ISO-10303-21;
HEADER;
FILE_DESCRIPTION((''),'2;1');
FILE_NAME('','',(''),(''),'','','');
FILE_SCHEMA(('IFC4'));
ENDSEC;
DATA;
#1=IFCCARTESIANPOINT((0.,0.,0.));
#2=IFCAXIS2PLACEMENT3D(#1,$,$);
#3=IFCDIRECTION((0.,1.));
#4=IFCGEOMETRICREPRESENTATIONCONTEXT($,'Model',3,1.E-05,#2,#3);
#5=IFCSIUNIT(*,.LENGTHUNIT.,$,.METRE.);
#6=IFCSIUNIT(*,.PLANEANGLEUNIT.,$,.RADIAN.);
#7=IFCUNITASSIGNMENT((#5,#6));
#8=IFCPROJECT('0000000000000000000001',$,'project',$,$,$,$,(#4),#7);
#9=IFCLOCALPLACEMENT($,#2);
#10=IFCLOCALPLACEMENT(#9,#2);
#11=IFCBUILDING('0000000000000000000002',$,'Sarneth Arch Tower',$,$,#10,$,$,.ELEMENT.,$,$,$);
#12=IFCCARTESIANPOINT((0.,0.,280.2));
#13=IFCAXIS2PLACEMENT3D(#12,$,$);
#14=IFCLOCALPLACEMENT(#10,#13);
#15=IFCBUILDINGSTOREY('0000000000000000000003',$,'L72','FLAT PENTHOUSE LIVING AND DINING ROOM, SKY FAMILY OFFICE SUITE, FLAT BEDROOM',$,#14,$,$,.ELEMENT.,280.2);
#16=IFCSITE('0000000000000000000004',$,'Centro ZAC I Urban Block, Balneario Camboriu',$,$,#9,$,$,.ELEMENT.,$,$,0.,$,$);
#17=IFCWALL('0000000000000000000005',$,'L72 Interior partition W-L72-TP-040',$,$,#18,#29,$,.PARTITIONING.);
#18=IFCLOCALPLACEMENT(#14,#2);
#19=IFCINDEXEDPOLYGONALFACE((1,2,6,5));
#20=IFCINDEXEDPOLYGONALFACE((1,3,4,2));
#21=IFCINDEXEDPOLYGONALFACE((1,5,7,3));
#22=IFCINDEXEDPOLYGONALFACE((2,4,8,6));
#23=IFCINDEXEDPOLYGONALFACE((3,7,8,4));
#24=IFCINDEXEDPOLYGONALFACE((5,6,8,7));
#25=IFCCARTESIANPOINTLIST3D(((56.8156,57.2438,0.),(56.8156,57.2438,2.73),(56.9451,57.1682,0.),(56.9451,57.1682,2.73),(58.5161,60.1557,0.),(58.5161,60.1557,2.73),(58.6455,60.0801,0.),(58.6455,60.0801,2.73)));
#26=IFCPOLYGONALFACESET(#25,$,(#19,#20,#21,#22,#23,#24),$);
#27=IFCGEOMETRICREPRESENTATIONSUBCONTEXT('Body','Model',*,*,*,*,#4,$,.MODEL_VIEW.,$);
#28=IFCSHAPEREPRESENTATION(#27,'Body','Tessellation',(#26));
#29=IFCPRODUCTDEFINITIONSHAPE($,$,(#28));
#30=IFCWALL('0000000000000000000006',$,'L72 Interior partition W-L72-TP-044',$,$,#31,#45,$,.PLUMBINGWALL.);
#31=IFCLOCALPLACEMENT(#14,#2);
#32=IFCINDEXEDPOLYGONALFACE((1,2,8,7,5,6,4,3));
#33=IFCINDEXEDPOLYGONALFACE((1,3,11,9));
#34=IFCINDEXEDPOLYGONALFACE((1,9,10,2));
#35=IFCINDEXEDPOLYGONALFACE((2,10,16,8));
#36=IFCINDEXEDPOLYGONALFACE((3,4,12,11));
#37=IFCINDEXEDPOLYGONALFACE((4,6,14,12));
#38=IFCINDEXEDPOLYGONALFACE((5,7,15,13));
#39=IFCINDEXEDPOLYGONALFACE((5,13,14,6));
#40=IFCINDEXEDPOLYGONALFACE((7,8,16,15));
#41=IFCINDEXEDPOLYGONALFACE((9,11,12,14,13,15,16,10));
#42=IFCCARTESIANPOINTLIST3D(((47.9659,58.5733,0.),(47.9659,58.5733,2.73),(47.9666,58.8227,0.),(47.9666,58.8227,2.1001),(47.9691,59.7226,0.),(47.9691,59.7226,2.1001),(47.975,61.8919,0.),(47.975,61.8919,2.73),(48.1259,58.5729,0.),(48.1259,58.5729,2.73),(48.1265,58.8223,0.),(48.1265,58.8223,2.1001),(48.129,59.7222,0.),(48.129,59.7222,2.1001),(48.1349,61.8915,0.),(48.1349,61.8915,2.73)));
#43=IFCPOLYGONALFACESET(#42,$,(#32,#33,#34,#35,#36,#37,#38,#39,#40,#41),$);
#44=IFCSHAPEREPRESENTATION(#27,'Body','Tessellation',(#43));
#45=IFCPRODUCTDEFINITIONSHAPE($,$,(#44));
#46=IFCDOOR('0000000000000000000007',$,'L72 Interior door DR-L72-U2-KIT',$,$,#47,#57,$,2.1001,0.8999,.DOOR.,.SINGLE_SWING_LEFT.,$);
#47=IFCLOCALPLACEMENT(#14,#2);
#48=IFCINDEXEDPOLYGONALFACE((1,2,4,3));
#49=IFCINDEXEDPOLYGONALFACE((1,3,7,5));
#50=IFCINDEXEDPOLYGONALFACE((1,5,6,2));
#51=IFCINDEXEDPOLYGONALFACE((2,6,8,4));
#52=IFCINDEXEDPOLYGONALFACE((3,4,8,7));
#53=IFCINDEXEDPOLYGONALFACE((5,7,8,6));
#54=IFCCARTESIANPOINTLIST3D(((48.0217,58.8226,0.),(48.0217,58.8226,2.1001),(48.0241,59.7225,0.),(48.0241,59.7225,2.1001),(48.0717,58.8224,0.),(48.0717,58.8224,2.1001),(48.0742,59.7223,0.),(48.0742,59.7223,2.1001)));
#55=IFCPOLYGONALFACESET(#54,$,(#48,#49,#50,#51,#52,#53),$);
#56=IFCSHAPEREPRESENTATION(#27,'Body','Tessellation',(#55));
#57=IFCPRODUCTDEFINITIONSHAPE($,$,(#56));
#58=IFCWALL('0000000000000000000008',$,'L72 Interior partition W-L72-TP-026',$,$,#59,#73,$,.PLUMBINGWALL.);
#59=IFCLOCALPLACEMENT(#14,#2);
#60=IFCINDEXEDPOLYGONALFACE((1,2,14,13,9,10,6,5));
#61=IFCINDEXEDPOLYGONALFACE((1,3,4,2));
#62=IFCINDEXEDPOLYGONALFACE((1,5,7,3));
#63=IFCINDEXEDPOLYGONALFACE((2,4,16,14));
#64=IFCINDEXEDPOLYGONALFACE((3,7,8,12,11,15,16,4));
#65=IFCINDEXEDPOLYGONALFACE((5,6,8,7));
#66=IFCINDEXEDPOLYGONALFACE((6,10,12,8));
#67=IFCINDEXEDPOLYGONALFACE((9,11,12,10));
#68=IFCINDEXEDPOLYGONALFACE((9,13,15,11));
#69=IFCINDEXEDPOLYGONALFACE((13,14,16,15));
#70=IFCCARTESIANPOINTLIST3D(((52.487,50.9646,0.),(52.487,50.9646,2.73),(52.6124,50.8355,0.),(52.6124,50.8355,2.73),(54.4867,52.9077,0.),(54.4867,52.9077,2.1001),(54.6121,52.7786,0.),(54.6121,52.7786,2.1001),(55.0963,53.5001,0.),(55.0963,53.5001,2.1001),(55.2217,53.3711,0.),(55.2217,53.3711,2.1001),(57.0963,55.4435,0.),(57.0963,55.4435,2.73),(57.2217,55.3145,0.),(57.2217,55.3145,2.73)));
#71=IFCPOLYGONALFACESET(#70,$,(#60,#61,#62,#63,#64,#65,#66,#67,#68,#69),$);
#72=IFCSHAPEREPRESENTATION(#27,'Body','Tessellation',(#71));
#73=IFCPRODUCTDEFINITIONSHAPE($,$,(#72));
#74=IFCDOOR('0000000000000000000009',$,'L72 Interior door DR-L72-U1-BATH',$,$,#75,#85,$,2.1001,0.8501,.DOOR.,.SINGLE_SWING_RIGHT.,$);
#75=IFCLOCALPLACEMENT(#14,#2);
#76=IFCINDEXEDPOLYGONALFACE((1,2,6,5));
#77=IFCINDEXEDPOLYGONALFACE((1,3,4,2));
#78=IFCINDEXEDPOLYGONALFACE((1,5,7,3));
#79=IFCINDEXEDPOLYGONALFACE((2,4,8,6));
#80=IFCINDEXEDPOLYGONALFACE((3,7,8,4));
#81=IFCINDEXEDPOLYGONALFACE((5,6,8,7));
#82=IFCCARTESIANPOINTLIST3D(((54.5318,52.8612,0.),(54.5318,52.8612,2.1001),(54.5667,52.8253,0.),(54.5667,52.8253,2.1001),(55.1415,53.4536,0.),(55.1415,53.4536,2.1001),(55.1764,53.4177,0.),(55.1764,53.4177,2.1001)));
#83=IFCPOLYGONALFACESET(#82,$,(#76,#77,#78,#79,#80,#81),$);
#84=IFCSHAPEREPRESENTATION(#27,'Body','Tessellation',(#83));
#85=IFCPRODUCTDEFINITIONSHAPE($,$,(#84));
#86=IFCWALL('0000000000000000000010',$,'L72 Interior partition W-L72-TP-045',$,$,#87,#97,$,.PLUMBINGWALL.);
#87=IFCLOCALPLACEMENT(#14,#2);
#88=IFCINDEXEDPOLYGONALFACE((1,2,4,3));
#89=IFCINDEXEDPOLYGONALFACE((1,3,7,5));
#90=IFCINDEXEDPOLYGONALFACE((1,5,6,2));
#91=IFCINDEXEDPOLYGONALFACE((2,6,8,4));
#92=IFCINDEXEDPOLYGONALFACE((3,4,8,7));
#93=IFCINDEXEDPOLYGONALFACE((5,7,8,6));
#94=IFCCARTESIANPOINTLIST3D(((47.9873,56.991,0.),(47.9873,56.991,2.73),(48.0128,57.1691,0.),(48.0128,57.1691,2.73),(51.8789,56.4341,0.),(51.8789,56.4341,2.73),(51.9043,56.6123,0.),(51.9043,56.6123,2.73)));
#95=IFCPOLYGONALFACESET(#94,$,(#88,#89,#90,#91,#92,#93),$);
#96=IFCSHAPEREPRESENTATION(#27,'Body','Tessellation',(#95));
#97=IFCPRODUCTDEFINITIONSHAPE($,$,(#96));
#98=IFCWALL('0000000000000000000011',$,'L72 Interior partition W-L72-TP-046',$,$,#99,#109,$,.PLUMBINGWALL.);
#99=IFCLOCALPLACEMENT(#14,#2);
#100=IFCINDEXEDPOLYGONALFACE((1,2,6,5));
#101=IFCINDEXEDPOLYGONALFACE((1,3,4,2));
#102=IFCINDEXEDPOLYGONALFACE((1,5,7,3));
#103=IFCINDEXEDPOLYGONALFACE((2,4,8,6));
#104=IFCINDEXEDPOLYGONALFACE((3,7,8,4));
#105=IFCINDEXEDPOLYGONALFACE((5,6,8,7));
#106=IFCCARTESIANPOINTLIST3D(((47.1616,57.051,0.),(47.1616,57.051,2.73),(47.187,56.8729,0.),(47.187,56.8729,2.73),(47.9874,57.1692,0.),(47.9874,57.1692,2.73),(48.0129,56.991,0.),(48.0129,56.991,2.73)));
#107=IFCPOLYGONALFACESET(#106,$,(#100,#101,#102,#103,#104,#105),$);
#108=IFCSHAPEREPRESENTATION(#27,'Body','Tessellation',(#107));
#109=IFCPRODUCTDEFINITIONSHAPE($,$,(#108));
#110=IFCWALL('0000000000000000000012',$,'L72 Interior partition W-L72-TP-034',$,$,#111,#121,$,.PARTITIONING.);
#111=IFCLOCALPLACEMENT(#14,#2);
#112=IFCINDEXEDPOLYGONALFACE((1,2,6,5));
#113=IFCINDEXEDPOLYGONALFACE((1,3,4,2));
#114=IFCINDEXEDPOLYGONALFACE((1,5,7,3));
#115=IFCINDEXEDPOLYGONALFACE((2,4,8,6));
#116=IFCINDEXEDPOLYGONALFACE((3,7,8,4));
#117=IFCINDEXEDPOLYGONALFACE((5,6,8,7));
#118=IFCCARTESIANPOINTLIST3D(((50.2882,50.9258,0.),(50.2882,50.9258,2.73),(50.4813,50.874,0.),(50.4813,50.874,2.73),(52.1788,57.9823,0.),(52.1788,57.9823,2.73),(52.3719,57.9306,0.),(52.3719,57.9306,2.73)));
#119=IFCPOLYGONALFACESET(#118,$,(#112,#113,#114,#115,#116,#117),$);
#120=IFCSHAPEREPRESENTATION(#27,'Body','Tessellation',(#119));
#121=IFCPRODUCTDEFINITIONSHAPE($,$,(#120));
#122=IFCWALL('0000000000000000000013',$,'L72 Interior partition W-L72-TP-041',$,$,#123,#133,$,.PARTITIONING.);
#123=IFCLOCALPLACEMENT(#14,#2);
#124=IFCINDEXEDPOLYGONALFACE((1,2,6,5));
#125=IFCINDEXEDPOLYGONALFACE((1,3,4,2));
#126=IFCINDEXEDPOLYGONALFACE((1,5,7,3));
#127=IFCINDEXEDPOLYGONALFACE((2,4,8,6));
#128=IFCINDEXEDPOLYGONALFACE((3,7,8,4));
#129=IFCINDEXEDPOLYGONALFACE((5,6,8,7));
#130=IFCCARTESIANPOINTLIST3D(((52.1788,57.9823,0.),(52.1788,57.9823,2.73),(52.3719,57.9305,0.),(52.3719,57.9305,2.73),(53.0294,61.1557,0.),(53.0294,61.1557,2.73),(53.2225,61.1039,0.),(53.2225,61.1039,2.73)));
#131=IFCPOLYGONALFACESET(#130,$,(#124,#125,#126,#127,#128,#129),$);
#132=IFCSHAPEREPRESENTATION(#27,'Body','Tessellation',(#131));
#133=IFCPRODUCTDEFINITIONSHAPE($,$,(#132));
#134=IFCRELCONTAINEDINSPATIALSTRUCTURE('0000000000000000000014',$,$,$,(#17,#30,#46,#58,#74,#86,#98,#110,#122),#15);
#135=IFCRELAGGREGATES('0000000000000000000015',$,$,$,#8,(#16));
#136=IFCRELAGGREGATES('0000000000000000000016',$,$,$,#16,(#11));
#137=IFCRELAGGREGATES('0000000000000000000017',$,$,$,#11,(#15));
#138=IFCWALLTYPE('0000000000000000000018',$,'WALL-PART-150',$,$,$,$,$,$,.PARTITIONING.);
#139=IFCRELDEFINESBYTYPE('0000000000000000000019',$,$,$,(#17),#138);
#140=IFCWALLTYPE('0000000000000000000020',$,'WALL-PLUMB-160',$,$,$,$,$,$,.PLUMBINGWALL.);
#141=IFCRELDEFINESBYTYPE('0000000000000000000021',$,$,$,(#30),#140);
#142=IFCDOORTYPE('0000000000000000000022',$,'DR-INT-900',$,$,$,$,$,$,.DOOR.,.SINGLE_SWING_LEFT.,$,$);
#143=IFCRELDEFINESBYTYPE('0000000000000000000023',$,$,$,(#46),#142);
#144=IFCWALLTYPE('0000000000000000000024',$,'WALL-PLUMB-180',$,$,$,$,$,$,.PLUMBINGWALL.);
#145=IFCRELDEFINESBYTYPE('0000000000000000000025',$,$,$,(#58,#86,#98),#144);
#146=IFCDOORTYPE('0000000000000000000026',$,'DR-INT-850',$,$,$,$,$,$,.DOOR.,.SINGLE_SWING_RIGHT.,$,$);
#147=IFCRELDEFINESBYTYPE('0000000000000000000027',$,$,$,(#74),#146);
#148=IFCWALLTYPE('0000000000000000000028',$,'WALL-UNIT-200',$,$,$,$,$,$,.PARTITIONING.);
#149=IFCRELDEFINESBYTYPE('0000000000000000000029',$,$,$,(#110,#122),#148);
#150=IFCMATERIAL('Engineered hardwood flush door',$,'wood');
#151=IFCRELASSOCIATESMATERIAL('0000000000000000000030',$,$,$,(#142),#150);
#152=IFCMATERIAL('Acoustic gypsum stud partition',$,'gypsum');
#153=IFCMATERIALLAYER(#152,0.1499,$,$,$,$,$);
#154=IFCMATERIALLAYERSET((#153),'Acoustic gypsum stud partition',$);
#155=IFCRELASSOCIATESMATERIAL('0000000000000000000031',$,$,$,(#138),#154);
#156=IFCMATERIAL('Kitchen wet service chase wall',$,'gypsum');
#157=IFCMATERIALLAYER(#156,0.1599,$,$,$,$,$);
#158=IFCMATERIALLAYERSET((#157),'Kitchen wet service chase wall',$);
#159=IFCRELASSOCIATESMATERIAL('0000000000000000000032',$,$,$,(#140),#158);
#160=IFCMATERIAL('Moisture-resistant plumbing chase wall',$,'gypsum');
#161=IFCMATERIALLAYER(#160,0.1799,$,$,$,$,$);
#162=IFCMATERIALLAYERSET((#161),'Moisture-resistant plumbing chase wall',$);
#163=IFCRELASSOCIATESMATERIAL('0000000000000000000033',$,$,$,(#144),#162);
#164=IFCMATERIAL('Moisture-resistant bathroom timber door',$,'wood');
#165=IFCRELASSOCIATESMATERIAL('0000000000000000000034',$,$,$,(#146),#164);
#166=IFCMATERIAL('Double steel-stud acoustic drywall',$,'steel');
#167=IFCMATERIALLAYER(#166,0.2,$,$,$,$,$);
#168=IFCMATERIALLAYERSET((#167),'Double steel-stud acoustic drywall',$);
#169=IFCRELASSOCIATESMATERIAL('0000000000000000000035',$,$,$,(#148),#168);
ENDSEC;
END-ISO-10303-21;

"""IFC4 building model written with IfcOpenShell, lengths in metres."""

from ifc_helpers import new_model, si_unit, direction, frame, frame_2d, origin, place, context, subcontext, project, spatial, rectangle, extrude, material, layer, layer_set, type_object, element, fill, save


model = new_model("IFC4")

# Units and contexts
model_context = context("Model", 3, precision=1e-05, world=origin(), true_north=direction((0.0, 1.0)))
body_context = subcontext(model_context, "Body", "Model", "MODEL_VIEW")
ifc_project = project(units=[si_unit("LENGTHUNIT", "METRE"), si_unit("PLANEANGLEUNIT", "RADIAN")], contexts=[model_context])

# Site, building, storey
site_placement = place(None, origin())
site = spatial("IfcSite", under=ifc_project, at=site_placement, Name="Centro ZAC I Urban Block, Balneario Camboriu", CompositionType="ELEMENT", RefElevation=0.0)
building_placement = place(site_placement, origin())
building = spatial("IfcBuilding", under=site, at=building_placement, Name="Sarneth Arch Tower", CompositionType="ELEMENT")
storey_placement = place(building_placement, frame((0.0, 0.0, 280.2)))
storey = spatial("IfcBuildingStorey", under=building, at=storey_placement, Name="L72", Description="FLAT PENTHOUSE LIVING AND DINING ROOM, SKY FAMILY OFFICE SUITE, FLAT BEDROOM", CompositionType="ELEMENT", Elevation=280.2)

# Shared definitions
ifc_material_1 = material(Name="Engineered hardwood flush door", Category="wood")
door_type_1 = type_object("IfcDoorType", Name="DR-INT-900", OperationType="SINGLE_SWING_LEFT", PredefinedType="DOOR", material=ifc_material_1)

# Shared definitions
ifc_material_2 = material(Name="Acoustic gypsum stud partition", Category="gypsum")
ifc_layer_1 = layer(ifc_material_2, 0.1499)
ifc_layer_set_1 = layer_set([ifc_layer_1], Name="Acoustic gypsum stud partition")
wall_type_1 = type_object("IfcWallType", Name="WALL-PART-150", PredefinedType="PARTITIONING", material=ifc_layer_set_1)

# Wall
wall_1_placement = place(storey_placement, frame((58.5808, 60.1179, 0.0), z_axis=(0.0, 0.0, 1.0), x_axis=(-0.504281, -0.86354, 0.0)))
element("IfcWall", 1, at=wall_1_placement, inside=storey, type_object=wall_type_1, Name="L72 Interior partition W-L72-TP-040", PredefinedType="PARTITIONING", context=body_context, shape_type="SweptSolid", body=[
    extrude(rectangle(XDim=3.3721, YDim=0.1499, at=frame_2d((1.686, 0.0))), origin(), (0.0, 0.0, 1.0), 2.73),
])

# Walls, openings, doors
ifc_material_3 = material(Name="Kitchen wet service chase wall", Category="gypsum")
ifc_layer_2 = layer(ifc_material_3, 0.1599)
ifc_layer_set_2 = layer_set([ifc_layer_2], Name="Kitchen wet service chase wall")
wall_type_2 = type_object("IfcWallType", Name="WALL-PLUMB-160", PredefinedType="PLUMBINGWALL", material=ifc_layer_set_2)
wall_2_placement = place(storey_placement, frame((48.0459, 58.5732, 0.0), z_axis=(0.0, 0.0, 1.0), x_axis=(0.002722, 0.999996, 0.0)))
wall_2 = element("IfcWall", 2, at=wall_2_placement, inside=storey, type_object=wall_type_2, Name="L72 Interior partition W-L72-TP-044", PredefinedType="PLUMBINGWALL", context=body_context, shape_type="SweptSolid", body=[
    extrude(rectangle(XDim=3.3186, YDim=0.1599, at=frame_2d((1.6592, 0.0))), origin(), (0.0, 0.0, 1.0), 2.73),
])
opening_1_placement = place(wall_2_placement, frame((0.2493, 0.0, 0.0)))
opening_1 = element("IfcOpeningElement", 3, at=opening_1_placement, cuts=wall_2, PredefinedType="OPENING", context=body_context, shape_type="SweptSolid", body=[
    extrude(rectangle(XDim=0.8999, YDim=2.1001, at=frame_2d((0.45, 1.05))), frame((0.0, 0.0898, 0.0), z_axis=(0.0, -1.0, 0.0), x_axis=(1.0, 0.0, 0.0)), (0.0, 0.0, 1.0), 0.1799),
])
door_1_placement = place(opening_1_placement, origin())
door_1 = element("IfcDoor", 4, at=door_1_placement, inside=storey, type_object=door_type_1, Name="L72 Interior door DR-L72-U2-KIT", OperationType="SINGLE_SWING_LEFT", OverallHeight=2.1001, OverallWidth=0.8999, PredefinedType="DOOR", context=body_context, shape_type="SweptSolid", body=[
    extrude(rectangle(XDim=0.8999, YDim=2.1001, at=frame_2d((0.45, 1.05))), frame((0.0, 0.0249, 0.0), z_axis=(0.0, -1.0, 0.0), x_axis=(1.0, 0.0, 0.0)), (0.0, 0.0, 1.0), 0.05),
])
fill(opening_1, door_1)
ifc_material_4 = material(Name="Moisture-resistant plumbing chase wall", Category="gypsum")
ifc_layer_3 = layer(ifc_material_4, 0.1799)
ifc_layer_set_3 = layer_set([ifc_layer_3], Name="Moisture-resistant plumbing chase wall")
wall_type_3 = type_object("IfcWallType", Name="WALL-PLUMB-180", PredefinedType="PLUMBINGWALL", material=ifc_layer_set_3)
wall_3_placement = place(storey_placement, frame((57.1589, 55.3789, 0.0), z_axis=(0.0, 0.0, 1.0), x_axis=(-0.717176, -0.696892, 0.0)))
wall_3 = element("IfcWall", 5, at=wall_3_placement, inside=storey, type_object=wall_type_3, Name="L72 Interior partition W-L72-TP-026", PredefinedType="PLUMBINGWALL", context=body_context, shape_type="SweptSolid", body=[
    extrude(rectangle(XDim=6.427, YDim=0.1799, at=frame_2d((3.2134, 0.0))), origin(), (0.0, 0.0, 1.0), 2.73),
])
opening_2_placement = place(wall_3_placement, frame((2.7886, 0.0, 0.0)))
opening_2 = element("IfcOpeningElement", 6, at=opening_2_placement, cuts=wall_3, PredefinedType="OPENING", context=body_context, shape_type="SweptSolid", body=[
    extrude(rectangle(XDim=0.8501, YDim=2.1001, at=frame_2d((0.425, 1.05))), frame((0.0, 0.0999, 0.0), z_axis=(0.0, -1.0, 0.0), x_axis=(1.0, 0.0, 0.0)), (0.0, 0.0, 1.0), 0.2),
])
ifc_material_5 = material(Name="Moisture-resistant bathroom timber door", Category="wood")
door_type_2 = type_object("IfcDoorType", Name="DR-INT-850", OperationType="SINGLE_SWING_RIGHT", PredefinedType="DOOR", material=ifc_material_5)
door_2_placement = place(opening_2_placement, origin())
door_2 = element("IfcDoor", 7, at=door_2_placement, inside=storey, type_object=door_type_2, Name="L72 Interior door DR-L72-U1-BATH", OperationType="SINGLE_SWING_RIGHT", OverallHeight=2.1001, OverallWidth=0.8501, PredefinedType="DOOR", context=body_context, shape_type="SweptSolid", body=[
    extrude(rectangle(XDim=0.8501, YDim=2.1001, at=frame_2d((0.425, 1.05))), frame((0.0, 0.0249, 0.0), z_axis=(0.0, -1.0, 0.0), x_axis=(1.0, 0.0, 0.0)), (0.0, 0.0, 1.0), 0.05),
])
fill(opening_2, door_2)

# Walls
wall_4_placement = place(storey_placement, frame((51.8916, 56.5232, 0.0), z_axis=(0.0, 0.0, 1.0), x_axis=(-0.989916, 0.141656, 0.0)))
element("IfcWall", 8, at=wall_4_placement, inside=storey, type_object=wall_type_3, Name="L72 Interior partition W-L72-TP-045", PredefinedType="PLUMBINGWALL", context=body_context, shape_type="SweptSolid", body=[
    extrude(rectangle(XDim=3.9312, YDim=0.1799, at=frame_2d((1.9656, 0.0))), origin(), (0.0, 0.0, 1.0), 2.73),
])
wall_5_placement = place(storey_placement, frame((48.0, 57.0801, 0.0), z_axis=(0.0, 0.0, 1.0), x_axis=(-0.98992, -0.141626, 0.0)))
element("IfcWall", 9, at=wall_5_placement, inside=storey, type_object=wall_type_3, Name="L72 Interior partition W-L72-TP-046", PredefinedType="PLUMBINGWALL", context=body_context, shape_type="SweptSolid", body=[
    extrude(rectangle(XDim=0.8342, YDim=0.1799, at=frame_2d((0.417, 0.0))), origin(), (0.0, 0.0, 1.0), 2.73),
])
ifc_material_6 = material(Name="Double steel-stud acoustic drywall", Category="steel")
ifc_layer_4 = layer(ifc_material_6, 0.2)
ifc_layer_set_4 = layer_set([ifc_layer_4], Name="Double steel-stud acoustic drywall")
wall_type_4 = type_object("IfcWallType", Name="WALL-UNIT-200", PredefinedType="PARTITIONING", material=ifc_layer_set_4)
wall_6_placement = place(storey_placement, frame((52.2754, 57.9565, 0.0), z_axis=(0.0, 0.0, 1.0), x_axis=(-0.258794, -0.965933, 0.0)))
element("IfcWall", 10, at=wall_6_placement, inside=storey, type_object=wall_type_4, Name="L72 Interior partition W-L72-TP-034", PredefinedType="PARTITIONING", context=body_context, shape_type="SweptSolid", body=[
    extrude(rectangle(XDim=7.3054, YDim=0.2, at=frame_2d((3.6528, 0.0))), origin(), (0.0, 0.0, 1.0), 2.73),
])
wall_7_placement = place(storey_placement, frame((52.2754, 57.9565, 0.0), z_axis=(0.0, 0.0, 1.0), x_axis=(0.258902, 0.965904, 0.0)))
element("IfcWall", 11, at=wall_7_placement, inside=storey, type_object=wall_type_4, Name="L72 Interior partition W-L72-TP-041", PredefinedType="PARTITIONING", context=body_context, shape_type="SweptSolid", body=[
    extrude(rectangle(XDim=3.2854, YDim=0.2, at=frame_2d((1.6426, 0.0))), origin(), (0.0, 0.0, 1.0), 2.73),
])

save(model, "model.ifc")
